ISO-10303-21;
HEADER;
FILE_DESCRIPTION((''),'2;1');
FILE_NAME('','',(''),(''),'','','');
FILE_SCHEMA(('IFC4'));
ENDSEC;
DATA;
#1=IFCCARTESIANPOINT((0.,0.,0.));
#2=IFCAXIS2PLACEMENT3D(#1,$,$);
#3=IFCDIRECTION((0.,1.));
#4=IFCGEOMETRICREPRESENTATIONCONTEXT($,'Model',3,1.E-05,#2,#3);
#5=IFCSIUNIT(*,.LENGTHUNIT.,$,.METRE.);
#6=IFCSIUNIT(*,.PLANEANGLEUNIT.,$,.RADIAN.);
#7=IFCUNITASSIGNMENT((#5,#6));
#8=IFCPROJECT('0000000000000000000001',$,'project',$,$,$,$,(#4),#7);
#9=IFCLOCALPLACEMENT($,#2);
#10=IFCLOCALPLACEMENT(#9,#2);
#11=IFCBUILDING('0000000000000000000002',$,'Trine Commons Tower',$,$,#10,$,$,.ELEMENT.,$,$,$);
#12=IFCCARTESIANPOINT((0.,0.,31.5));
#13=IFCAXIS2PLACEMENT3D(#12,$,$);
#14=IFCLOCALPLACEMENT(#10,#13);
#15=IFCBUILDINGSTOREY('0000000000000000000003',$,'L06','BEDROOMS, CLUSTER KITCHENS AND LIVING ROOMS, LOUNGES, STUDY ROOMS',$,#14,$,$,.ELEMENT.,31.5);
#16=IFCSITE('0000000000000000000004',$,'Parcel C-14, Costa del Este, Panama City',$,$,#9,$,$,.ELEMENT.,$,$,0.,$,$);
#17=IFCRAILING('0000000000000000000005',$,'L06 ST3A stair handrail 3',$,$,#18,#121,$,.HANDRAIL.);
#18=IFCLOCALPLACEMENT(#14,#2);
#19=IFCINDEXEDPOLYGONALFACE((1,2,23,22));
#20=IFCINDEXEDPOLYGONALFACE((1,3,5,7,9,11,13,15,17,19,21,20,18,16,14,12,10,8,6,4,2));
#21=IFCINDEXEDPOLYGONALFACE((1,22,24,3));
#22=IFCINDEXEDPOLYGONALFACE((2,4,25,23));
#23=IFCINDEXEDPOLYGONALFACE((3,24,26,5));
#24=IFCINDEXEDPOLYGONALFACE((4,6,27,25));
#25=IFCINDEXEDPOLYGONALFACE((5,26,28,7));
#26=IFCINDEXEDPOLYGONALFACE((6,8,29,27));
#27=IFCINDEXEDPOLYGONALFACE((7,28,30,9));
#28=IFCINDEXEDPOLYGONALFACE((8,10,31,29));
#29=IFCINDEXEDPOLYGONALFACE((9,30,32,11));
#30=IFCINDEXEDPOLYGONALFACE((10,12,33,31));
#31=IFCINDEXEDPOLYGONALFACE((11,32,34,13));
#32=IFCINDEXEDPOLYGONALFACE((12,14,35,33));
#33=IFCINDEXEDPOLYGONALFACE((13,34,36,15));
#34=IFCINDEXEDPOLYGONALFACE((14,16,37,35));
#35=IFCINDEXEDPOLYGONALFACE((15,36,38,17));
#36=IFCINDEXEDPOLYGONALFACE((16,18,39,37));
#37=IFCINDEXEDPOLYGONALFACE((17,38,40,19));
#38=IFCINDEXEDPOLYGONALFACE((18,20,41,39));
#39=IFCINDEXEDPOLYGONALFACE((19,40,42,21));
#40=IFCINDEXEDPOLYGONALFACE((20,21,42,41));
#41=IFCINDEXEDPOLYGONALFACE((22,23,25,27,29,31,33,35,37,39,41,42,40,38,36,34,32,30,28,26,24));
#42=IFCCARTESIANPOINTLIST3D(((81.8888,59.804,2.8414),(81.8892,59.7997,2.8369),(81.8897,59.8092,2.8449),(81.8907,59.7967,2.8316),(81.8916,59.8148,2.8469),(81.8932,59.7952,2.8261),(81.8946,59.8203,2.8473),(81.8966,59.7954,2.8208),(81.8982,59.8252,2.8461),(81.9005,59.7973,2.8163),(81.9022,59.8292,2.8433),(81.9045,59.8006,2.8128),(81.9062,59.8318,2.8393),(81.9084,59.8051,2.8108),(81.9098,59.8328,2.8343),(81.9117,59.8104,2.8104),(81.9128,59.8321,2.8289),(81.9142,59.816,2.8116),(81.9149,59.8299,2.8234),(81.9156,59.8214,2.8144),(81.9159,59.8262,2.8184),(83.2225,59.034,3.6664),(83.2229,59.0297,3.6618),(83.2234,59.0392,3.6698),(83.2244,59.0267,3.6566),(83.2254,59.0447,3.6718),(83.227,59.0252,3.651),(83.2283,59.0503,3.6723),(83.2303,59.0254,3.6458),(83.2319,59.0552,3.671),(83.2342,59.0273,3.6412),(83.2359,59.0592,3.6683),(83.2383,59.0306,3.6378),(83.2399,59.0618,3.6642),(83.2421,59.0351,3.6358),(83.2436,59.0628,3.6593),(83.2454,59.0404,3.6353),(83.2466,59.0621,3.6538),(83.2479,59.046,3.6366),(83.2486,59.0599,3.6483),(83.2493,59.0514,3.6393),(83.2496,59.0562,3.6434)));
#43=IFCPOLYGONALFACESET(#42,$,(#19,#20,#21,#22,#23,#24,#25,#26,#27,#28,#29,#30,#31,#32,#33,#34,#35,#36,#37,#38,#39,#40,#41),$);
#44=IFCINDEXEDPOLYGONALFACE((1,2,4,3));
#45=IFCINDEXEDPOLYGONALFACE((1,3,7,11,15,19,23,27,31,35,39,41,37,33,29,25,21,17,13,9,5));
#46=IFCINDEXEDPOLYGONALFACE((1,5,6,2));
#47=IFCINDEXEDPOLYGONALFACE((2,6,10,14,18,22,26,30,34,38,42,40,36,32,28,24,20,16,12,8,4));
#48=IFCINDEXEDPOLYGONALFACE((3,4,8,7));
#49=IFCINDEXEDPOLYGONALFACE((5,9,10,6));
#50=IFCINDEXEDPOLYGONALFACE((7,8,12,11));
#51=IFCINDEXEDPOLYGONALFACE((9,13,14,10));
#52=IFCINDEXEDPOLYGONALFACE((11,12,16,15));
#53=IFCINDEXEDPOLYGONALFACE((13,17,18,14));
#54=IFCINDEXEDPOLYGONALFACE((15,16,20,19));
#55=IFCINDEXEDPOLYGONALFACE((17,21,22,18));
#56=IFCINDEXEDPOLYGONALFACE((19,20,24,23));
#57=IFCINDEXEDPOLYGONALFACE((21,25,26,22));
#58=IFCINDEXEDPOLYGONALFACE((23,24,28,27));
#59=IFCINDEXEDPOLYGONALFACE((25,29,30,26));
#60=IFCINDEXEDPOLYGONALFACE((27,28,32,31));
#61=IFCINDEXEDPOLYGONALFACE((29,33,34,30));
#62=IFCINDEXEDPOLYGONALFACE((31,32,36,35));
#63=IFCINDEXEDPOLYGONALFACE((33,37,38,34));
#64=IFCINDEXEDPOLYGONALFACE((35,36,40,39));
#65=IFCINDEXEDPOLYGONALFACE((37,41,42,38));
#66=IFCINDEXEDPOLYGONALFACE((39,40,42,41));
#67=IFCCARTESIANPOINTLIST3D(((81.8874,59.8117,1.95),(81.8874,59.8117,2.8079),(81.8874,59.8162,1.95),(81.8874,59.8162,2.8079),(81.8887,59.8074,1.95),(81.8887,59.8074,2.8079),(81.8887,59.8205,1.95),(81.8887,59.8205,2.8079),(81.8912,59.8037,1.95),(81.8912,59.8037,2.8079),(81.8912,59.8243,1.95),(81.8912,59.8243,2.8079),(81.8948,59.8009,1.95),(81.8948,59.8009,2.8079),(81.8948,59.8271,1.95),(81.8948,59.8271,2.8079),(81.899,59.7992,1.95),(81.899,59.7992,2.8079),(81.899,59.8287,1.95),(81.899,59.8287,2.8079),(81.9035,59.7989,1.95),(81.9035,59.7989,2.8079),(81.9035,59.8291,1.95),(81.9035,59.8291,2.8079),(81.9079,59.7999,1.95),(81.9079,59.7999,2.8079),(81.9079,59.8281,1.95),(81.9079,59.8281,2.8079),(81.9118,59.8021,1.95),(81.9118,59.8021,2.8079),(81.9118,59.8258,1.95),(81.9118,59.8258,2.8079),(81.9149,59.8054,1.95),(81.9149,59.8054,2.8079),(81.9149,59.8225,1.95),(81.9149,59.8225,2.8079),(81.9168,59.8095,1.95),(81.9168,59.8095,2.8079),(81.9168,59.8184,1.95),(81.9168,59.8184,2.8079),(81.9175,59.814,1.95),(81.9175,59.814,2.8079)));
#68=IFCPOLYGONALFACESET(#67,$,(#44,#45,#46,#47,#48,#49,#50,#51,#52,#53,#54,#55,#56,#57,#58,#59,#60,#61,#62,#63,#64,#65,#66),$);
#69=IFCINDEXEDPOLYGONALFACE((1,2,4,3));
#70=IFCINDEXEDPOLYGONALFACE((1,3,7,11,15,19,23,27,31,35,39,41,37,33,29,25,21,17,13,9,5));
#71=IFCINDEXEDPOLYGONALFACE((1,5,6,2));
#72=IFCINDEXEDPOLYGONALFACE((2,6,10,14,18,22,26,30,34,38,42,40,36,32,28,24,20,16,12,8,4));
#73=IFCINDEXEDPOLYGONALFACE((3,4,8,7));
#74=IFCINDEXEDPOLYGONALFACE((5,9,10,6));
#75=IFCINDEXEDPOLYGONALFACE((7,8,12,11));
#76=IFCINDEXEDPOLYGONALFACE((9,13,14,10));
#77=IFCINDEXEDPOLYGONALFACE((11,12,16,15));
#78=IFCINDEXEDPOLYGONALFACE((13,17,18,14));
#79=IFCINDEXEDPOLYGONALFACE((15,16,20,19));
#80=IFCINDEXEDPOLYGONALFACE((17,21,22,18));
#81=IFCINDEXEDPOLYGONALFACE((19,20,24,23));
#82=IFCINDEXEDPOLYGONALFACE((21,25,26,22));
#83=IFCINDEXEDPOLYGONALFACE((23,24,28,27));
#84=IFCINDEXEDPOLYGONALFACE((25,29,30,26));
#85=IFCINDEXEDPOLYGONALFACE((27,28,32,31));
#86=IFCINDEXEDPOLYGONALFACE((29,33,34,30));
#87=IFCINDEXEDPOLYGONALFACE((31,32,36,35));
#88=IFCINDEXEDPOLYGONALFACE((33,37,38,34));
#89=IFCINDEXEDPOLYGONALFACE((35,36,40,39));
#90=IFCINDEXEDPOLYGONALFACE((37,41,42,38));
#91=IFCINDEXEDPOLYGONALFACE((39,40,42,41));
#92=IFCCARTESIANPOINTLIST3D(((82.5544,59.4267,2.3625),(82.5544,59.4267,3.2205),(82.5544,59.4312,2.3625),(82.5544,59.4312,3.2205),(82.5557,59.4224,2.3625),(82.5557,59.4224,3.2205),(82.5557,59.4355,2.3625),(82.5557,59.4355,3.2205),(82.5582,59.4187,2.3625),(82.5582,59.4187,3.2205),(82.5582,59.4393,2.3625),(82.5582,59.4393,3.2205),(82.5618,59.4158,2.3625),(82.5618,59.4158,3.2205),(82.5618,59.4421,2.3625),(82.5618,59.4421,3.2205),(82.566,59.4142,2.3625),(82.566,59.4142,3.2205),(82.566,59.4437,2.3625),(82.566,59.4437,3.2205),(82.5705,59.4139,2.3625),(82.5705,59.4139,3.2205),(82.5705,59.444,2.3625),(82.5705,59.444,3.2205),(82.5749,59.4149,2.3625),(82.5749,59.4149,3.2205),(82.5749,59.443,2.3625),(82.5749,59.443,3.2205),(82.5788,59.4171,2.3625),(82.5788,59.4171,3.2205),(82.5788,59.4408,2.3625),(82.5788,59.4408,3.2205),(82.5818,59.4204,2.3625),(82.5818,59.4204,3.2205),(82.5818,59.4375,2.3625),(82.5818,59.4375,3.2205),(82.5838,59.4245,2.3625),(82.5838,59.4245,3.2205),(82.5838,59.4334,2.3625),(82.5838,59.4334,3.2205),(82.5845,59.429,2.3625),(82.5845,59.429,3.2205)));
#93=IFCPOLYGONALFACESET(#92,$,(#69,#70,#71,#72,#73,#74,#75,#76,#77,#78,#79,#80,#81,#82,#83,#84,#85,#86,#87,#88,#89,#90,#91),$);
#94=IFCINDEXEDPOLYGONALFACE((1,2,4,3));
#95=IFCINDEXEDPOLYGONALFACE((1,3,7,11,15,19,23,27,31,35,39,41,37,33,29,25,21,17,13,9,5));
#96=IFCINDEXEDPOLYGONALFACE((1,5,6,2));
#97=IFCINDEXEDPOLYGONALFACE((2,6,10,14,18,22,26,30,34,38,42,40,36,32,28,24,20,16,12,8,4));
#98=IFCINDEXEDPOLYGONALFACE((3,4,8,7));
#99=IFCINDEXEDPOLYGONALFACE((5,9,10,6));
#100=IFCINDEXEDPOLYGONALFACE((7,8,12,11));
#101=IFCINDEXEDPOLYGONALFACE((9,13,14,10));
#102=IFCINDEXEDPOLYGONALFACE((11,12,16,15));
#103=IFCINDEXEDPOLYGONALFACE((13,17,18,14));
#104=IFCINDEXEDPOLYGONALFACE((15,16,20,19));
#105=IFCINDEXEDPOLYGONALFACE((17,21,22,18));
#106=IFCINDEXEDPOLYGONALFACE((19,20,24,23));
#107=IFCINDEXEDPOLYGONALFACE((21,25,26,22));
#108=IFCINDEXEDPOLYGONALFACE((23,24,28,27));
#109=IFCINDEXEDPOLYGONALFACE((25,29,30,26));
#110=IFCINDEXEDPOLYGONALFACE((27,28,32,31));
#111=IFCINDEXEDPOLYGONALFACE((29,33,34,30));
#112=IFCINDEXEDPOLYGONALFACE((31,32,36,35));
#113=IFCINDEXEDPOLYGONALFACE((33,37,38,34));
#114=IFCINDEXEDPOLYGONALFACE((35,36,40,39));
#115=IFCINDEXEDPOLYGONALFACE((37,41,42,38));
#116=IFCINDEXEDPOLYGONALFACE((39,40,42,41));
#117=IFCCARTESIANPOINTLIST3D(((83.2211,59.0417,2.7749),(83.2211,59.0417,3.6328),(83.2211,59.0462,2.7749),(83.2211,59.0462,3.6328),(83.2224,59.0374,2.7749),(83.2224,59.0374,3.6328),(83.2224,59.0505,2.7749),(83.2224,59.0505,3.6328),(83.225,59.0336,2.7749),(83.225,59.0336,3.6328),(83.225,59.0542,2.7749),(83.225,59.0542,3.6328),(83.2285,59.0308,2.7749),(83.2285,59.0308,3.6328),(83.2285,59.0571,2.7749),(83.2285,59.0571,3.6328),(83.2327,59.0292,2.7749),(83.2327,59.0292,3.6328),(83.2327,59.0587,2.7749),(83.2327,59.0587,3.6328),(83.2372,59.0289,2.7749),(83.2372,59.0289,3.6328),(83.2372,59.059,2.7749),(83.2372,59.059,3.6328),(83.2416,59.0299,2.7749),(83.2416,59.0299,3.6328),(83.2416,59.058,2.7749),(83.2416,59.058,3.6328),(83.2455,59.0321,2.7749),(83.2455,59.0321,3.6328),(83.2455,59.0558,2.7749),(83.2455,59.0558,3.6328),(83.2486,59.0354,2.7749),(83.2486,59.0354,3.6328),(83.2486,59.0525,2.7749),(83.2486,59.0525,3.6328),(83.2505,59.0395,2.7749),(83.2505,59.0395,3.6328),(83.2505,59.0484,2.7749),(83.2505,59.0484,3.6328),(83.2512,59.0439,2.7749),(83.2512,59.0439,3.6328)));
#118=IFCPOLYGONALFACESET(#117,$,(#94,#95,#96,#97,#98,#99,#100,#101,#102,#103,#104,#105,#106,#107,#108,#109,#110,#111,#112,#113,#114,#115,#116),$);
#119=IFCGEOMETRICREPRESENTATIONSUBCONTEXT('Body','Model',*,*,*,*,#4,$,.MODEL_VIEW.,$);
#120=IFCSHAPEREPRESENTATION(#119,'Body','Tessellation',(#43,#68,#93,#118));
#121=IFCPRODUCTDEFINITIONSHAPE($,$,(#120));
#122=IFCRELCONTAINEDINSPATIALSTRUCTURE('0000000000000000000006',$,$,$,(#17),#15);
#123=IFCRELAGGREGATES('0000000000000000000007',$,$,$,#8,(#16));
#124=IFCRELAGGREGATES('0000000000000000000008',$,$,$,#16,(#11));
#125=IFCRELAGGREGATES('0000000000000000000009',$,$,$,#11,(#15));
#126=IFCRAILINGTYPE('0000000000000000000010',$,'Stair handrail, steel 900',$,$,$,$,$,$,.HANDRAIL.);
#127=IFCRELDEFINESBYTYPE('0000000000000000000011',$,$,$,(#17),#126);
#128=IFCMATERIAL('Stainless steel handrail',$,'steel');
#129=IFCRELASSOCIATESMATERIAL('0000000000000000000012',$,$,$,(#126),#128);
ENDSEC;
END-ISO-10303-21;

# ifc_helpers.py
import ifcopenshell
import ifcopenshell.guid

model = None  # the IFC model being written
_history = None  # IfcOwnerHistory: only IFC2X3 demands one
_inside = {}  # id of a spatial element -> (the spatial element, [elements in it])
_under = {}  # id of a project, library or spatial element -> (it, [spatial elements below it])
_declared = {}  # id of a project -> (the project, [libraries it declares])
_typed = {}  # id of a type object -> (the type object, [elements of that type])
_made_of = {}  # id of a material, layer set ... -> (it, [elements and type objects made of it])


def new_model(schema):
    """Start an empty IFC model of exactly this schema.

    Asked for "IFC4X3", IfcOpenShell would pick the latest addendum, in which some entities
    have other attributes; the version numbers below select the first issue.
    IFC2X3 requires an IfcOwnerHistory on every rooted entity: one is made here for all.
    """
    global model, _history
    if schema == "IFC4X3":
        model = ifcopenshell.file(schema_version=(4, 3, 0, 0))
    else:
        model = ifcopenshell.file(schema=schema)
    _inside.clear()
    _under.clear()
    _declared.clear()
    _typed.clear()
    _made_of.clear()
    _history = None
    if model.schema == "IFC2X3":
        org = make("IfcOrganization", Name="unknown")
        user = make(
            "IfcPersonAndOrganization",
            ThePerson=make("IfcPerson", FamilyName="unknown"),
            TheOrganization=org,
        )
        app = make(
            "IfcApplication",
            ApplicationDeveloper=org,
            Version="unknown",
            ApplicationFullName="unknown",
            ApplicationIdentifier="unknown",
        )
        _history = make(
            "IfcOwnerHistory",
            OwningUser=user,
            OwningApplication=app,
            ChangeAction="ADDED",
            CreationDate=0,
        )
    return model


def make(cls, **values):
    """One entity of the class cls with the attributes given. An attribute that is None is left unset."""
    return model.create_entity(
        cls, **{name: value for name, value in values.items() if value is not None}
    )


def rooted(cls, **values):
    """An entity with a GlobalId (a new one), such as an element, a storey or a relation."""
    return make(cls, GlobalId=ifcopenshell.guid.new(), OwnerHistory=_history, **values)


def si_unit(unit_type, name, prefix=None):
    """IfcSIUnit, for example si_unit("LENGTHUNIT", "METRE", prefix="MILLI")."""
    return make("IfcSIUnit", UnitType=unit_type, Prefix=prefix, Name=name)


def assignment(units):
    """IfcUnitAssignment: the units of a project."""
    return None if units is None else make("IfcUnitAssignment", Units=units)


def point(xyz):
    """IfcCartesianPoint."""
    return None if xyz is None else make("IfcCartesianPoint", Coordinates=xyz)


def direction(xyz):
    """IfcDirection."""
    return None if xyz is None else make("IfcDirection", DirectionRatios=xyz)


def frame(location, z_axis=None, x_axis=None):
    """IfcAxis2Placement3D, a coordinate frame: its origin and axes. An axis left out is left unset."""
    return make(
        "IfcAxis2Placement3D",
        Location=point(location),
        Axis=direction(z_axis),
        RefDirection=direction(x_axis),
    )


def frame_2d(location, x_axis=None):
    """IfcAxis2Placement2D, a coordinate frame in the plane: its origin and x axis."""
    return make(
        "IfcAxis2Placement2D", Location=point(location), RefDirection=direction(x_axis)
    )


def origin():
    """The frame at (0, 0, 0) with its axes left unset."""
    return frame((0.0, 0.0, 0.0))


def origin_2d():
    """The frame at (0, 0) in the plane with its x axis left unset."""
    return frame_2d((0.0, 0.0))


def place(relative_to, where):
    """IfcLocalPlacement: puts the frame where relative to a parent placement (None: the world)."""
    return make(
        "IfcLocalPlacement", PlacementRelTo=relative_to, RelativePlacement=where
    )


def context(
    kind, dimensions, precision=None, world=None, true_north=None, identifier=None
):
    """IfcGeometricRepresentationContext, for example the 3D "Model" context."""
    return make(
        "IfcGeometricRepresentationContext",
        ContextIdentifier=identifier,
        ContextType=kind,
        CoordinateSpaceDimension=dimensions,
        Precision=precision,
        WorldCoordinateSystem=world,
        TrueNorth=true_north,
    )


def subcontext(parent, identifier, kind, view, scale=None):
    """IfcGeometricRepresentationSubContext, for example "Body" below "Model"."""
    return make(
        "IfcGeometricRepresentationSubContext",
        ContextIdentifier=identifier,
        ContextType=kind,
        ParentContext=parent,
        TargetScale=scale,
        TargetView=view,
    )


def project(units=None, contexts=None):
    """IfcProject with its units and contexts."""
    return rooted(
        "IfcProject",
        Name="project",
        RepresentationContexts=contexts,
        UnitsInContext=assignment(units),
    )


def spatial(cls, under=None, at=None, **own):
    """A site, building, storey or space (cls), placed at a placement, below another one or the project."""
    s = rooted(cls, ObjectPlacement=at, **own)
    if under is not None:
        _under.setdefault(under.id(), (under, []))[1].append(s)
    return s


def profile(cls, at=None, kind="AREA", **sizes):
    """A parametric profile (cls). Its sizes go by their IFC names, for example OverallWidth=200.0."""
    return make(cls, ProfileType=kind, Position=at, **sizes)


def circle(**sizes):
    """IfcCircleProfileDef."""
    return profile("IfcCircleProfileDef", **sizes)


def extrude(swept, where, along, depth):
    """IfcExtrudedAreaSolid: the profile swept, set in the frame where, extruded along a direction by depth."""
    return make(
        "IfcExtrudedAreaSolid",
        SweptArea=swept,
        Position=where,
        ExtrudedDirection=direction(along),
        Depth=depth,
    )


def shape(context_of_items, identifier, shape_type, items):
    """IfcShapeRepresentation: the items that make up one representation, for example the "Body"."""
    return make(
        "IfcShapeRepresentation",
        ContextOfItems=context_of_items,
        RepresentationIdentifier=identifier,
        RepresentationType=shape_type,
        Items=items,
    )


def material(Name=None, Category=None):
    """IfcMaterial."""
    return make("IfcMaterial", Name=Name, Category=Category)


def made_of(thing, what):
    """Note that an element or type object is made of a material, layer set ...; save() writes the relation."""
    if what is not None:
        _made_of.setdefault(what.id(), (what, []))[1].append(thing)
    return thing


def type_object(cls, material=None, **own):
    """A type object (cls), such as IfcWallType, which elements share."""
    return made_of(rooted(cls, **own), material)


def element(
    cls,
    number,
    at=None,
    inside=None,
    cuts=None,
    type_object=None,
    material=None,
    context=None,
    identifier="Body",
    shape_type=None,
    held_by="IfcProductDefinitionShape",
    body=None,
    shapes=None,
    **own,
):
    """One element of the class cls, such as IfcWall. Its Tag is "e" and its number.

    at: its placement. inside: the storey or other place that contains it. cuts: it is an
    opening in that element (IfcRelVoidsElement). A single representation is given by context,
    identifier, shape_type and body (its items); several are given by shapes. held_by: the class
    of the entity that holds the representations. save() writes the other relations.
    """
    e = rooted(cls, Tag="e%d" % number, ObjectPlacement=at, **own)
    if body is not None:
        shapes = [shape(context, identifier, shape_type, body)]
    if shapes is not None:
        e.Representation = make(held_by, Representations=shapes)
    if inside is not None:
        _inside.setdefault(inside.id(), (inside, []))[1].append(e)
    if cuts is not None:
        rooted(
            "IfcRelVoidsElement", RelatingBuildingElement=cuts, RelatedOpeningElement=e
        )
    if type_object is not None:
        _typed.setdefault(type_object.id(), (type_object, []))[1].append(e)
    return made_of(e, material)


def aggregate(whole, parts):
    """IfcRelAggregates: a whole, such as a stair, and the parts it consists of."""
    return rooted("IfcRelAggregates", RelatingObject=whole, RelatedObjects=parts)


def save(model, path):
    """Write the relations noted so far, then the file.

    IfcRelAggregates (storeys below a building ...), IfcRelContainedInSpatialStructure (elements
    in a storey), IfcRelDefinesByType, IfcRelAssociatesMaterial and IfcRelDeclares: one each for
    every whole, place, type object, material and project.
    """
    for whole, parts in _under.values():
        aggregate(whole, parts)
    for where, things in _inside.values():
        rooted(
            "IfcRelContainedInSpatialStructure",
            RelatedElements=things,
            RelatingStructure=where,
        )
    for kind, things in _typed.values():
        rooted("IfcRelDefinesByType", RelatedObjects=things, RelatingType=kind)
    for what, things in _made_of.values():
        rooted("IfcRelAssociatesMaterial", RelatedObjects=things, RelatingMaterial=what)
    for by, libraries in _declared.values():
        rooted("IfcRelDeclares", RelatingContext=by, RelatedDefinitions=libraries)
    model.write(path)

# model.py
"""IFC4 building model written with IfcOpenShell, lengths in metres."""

from ifc_helpers import new_model, si_unit, direction, frame, origin, origin_2d, place, context, subcontext, project, spatial, circle, extrude, material, type_object, element, save


model = new_model("IFC4")

# Units and contexts
model_context = context("Model", 3, precision=1e-05, world=origin(), true_north=direction((0.0, 1.0)))
body_context = subcontext(model_context, "Body", "Model", "MODEL_VIEW")
ifc_project = project(units=[si_unit("LENGTHUNIT", "METRE"), si_unit("PLANEANGLEUNIT", "RADIAN")], contexts=[model_context])

# Site, building, storey
site_placement = place(None, origin())
site = spatial("IfcSite", under=ifc_project, at=site_placement, Name="Parcel C-14, Costa del Este, Panama City", CompositionType="ELEMENT", RefElevation=0.0)
building_placement = place(site_placement, origin())
building = spatial("IfcBuilding", under=site, at=building_placement, Name="Trine Commons Tower", CompositionType="ELEMENT")
storey_placement = place(building_placement, frame((0.0, 0.0, 31.5)))
storey = spatial("IfcBuildingStorey", under=building, at=storey_placement, Name="L06", Description="BEDROOMS, CLUSTER KITCHENS AND LIVING ROOMS, LOUNGES, STUDY ROOMS", CompositionType="ELEMENT", Elevation=31.5)

# Railing
ifc_material_1 = material(Name="Stainless steel handrail", Category="steel")
railing_type_1 = type_object("IfcRailingType", Name="Stair handrail, steel 900", PredefinedType="HANDRAIL", material=ifc_material_1)
railing_1_placement = place(storey_placement, frame((81.9023, 59.814, 1.95)))
element("IfcRailing", 1, at=railing_1_placement, inside=storey, type_object=railing_type_1, Name="L06 ST3A stair handrail 3", PredefinedType="HANDRAIL", context=body_context, shape_type="SweptSolid", body=[
    extrude(circle(Radius=0.021, at=origin_2d()), frame((0.0, 0.0, 0.8789), z_axis=(0.763405, -0.440743, 0.472185), x_axis=(0.499992, 0.86603, 0.0)), (0.0, 0.0, 1.0), 1.7471),
    extrude(circle(Radius=0.0151, at=origin_2d()), origin(), (0.0, 0.0, 1.0), 0.8579),
    extrude(circle(Radius=0.0151, at=origin_2d()), frame((0.667, -0.385, 0.4126)), (0.0, 0.0, 1.0), 0.8579),
    extrude(circle(Radius=0.0151, at=origin_2d()), frame((1.3337, -0.77, 0.825)), (0.0, 0.0, 1.0), 0.8579),
])

save(model, "model.ifc")
